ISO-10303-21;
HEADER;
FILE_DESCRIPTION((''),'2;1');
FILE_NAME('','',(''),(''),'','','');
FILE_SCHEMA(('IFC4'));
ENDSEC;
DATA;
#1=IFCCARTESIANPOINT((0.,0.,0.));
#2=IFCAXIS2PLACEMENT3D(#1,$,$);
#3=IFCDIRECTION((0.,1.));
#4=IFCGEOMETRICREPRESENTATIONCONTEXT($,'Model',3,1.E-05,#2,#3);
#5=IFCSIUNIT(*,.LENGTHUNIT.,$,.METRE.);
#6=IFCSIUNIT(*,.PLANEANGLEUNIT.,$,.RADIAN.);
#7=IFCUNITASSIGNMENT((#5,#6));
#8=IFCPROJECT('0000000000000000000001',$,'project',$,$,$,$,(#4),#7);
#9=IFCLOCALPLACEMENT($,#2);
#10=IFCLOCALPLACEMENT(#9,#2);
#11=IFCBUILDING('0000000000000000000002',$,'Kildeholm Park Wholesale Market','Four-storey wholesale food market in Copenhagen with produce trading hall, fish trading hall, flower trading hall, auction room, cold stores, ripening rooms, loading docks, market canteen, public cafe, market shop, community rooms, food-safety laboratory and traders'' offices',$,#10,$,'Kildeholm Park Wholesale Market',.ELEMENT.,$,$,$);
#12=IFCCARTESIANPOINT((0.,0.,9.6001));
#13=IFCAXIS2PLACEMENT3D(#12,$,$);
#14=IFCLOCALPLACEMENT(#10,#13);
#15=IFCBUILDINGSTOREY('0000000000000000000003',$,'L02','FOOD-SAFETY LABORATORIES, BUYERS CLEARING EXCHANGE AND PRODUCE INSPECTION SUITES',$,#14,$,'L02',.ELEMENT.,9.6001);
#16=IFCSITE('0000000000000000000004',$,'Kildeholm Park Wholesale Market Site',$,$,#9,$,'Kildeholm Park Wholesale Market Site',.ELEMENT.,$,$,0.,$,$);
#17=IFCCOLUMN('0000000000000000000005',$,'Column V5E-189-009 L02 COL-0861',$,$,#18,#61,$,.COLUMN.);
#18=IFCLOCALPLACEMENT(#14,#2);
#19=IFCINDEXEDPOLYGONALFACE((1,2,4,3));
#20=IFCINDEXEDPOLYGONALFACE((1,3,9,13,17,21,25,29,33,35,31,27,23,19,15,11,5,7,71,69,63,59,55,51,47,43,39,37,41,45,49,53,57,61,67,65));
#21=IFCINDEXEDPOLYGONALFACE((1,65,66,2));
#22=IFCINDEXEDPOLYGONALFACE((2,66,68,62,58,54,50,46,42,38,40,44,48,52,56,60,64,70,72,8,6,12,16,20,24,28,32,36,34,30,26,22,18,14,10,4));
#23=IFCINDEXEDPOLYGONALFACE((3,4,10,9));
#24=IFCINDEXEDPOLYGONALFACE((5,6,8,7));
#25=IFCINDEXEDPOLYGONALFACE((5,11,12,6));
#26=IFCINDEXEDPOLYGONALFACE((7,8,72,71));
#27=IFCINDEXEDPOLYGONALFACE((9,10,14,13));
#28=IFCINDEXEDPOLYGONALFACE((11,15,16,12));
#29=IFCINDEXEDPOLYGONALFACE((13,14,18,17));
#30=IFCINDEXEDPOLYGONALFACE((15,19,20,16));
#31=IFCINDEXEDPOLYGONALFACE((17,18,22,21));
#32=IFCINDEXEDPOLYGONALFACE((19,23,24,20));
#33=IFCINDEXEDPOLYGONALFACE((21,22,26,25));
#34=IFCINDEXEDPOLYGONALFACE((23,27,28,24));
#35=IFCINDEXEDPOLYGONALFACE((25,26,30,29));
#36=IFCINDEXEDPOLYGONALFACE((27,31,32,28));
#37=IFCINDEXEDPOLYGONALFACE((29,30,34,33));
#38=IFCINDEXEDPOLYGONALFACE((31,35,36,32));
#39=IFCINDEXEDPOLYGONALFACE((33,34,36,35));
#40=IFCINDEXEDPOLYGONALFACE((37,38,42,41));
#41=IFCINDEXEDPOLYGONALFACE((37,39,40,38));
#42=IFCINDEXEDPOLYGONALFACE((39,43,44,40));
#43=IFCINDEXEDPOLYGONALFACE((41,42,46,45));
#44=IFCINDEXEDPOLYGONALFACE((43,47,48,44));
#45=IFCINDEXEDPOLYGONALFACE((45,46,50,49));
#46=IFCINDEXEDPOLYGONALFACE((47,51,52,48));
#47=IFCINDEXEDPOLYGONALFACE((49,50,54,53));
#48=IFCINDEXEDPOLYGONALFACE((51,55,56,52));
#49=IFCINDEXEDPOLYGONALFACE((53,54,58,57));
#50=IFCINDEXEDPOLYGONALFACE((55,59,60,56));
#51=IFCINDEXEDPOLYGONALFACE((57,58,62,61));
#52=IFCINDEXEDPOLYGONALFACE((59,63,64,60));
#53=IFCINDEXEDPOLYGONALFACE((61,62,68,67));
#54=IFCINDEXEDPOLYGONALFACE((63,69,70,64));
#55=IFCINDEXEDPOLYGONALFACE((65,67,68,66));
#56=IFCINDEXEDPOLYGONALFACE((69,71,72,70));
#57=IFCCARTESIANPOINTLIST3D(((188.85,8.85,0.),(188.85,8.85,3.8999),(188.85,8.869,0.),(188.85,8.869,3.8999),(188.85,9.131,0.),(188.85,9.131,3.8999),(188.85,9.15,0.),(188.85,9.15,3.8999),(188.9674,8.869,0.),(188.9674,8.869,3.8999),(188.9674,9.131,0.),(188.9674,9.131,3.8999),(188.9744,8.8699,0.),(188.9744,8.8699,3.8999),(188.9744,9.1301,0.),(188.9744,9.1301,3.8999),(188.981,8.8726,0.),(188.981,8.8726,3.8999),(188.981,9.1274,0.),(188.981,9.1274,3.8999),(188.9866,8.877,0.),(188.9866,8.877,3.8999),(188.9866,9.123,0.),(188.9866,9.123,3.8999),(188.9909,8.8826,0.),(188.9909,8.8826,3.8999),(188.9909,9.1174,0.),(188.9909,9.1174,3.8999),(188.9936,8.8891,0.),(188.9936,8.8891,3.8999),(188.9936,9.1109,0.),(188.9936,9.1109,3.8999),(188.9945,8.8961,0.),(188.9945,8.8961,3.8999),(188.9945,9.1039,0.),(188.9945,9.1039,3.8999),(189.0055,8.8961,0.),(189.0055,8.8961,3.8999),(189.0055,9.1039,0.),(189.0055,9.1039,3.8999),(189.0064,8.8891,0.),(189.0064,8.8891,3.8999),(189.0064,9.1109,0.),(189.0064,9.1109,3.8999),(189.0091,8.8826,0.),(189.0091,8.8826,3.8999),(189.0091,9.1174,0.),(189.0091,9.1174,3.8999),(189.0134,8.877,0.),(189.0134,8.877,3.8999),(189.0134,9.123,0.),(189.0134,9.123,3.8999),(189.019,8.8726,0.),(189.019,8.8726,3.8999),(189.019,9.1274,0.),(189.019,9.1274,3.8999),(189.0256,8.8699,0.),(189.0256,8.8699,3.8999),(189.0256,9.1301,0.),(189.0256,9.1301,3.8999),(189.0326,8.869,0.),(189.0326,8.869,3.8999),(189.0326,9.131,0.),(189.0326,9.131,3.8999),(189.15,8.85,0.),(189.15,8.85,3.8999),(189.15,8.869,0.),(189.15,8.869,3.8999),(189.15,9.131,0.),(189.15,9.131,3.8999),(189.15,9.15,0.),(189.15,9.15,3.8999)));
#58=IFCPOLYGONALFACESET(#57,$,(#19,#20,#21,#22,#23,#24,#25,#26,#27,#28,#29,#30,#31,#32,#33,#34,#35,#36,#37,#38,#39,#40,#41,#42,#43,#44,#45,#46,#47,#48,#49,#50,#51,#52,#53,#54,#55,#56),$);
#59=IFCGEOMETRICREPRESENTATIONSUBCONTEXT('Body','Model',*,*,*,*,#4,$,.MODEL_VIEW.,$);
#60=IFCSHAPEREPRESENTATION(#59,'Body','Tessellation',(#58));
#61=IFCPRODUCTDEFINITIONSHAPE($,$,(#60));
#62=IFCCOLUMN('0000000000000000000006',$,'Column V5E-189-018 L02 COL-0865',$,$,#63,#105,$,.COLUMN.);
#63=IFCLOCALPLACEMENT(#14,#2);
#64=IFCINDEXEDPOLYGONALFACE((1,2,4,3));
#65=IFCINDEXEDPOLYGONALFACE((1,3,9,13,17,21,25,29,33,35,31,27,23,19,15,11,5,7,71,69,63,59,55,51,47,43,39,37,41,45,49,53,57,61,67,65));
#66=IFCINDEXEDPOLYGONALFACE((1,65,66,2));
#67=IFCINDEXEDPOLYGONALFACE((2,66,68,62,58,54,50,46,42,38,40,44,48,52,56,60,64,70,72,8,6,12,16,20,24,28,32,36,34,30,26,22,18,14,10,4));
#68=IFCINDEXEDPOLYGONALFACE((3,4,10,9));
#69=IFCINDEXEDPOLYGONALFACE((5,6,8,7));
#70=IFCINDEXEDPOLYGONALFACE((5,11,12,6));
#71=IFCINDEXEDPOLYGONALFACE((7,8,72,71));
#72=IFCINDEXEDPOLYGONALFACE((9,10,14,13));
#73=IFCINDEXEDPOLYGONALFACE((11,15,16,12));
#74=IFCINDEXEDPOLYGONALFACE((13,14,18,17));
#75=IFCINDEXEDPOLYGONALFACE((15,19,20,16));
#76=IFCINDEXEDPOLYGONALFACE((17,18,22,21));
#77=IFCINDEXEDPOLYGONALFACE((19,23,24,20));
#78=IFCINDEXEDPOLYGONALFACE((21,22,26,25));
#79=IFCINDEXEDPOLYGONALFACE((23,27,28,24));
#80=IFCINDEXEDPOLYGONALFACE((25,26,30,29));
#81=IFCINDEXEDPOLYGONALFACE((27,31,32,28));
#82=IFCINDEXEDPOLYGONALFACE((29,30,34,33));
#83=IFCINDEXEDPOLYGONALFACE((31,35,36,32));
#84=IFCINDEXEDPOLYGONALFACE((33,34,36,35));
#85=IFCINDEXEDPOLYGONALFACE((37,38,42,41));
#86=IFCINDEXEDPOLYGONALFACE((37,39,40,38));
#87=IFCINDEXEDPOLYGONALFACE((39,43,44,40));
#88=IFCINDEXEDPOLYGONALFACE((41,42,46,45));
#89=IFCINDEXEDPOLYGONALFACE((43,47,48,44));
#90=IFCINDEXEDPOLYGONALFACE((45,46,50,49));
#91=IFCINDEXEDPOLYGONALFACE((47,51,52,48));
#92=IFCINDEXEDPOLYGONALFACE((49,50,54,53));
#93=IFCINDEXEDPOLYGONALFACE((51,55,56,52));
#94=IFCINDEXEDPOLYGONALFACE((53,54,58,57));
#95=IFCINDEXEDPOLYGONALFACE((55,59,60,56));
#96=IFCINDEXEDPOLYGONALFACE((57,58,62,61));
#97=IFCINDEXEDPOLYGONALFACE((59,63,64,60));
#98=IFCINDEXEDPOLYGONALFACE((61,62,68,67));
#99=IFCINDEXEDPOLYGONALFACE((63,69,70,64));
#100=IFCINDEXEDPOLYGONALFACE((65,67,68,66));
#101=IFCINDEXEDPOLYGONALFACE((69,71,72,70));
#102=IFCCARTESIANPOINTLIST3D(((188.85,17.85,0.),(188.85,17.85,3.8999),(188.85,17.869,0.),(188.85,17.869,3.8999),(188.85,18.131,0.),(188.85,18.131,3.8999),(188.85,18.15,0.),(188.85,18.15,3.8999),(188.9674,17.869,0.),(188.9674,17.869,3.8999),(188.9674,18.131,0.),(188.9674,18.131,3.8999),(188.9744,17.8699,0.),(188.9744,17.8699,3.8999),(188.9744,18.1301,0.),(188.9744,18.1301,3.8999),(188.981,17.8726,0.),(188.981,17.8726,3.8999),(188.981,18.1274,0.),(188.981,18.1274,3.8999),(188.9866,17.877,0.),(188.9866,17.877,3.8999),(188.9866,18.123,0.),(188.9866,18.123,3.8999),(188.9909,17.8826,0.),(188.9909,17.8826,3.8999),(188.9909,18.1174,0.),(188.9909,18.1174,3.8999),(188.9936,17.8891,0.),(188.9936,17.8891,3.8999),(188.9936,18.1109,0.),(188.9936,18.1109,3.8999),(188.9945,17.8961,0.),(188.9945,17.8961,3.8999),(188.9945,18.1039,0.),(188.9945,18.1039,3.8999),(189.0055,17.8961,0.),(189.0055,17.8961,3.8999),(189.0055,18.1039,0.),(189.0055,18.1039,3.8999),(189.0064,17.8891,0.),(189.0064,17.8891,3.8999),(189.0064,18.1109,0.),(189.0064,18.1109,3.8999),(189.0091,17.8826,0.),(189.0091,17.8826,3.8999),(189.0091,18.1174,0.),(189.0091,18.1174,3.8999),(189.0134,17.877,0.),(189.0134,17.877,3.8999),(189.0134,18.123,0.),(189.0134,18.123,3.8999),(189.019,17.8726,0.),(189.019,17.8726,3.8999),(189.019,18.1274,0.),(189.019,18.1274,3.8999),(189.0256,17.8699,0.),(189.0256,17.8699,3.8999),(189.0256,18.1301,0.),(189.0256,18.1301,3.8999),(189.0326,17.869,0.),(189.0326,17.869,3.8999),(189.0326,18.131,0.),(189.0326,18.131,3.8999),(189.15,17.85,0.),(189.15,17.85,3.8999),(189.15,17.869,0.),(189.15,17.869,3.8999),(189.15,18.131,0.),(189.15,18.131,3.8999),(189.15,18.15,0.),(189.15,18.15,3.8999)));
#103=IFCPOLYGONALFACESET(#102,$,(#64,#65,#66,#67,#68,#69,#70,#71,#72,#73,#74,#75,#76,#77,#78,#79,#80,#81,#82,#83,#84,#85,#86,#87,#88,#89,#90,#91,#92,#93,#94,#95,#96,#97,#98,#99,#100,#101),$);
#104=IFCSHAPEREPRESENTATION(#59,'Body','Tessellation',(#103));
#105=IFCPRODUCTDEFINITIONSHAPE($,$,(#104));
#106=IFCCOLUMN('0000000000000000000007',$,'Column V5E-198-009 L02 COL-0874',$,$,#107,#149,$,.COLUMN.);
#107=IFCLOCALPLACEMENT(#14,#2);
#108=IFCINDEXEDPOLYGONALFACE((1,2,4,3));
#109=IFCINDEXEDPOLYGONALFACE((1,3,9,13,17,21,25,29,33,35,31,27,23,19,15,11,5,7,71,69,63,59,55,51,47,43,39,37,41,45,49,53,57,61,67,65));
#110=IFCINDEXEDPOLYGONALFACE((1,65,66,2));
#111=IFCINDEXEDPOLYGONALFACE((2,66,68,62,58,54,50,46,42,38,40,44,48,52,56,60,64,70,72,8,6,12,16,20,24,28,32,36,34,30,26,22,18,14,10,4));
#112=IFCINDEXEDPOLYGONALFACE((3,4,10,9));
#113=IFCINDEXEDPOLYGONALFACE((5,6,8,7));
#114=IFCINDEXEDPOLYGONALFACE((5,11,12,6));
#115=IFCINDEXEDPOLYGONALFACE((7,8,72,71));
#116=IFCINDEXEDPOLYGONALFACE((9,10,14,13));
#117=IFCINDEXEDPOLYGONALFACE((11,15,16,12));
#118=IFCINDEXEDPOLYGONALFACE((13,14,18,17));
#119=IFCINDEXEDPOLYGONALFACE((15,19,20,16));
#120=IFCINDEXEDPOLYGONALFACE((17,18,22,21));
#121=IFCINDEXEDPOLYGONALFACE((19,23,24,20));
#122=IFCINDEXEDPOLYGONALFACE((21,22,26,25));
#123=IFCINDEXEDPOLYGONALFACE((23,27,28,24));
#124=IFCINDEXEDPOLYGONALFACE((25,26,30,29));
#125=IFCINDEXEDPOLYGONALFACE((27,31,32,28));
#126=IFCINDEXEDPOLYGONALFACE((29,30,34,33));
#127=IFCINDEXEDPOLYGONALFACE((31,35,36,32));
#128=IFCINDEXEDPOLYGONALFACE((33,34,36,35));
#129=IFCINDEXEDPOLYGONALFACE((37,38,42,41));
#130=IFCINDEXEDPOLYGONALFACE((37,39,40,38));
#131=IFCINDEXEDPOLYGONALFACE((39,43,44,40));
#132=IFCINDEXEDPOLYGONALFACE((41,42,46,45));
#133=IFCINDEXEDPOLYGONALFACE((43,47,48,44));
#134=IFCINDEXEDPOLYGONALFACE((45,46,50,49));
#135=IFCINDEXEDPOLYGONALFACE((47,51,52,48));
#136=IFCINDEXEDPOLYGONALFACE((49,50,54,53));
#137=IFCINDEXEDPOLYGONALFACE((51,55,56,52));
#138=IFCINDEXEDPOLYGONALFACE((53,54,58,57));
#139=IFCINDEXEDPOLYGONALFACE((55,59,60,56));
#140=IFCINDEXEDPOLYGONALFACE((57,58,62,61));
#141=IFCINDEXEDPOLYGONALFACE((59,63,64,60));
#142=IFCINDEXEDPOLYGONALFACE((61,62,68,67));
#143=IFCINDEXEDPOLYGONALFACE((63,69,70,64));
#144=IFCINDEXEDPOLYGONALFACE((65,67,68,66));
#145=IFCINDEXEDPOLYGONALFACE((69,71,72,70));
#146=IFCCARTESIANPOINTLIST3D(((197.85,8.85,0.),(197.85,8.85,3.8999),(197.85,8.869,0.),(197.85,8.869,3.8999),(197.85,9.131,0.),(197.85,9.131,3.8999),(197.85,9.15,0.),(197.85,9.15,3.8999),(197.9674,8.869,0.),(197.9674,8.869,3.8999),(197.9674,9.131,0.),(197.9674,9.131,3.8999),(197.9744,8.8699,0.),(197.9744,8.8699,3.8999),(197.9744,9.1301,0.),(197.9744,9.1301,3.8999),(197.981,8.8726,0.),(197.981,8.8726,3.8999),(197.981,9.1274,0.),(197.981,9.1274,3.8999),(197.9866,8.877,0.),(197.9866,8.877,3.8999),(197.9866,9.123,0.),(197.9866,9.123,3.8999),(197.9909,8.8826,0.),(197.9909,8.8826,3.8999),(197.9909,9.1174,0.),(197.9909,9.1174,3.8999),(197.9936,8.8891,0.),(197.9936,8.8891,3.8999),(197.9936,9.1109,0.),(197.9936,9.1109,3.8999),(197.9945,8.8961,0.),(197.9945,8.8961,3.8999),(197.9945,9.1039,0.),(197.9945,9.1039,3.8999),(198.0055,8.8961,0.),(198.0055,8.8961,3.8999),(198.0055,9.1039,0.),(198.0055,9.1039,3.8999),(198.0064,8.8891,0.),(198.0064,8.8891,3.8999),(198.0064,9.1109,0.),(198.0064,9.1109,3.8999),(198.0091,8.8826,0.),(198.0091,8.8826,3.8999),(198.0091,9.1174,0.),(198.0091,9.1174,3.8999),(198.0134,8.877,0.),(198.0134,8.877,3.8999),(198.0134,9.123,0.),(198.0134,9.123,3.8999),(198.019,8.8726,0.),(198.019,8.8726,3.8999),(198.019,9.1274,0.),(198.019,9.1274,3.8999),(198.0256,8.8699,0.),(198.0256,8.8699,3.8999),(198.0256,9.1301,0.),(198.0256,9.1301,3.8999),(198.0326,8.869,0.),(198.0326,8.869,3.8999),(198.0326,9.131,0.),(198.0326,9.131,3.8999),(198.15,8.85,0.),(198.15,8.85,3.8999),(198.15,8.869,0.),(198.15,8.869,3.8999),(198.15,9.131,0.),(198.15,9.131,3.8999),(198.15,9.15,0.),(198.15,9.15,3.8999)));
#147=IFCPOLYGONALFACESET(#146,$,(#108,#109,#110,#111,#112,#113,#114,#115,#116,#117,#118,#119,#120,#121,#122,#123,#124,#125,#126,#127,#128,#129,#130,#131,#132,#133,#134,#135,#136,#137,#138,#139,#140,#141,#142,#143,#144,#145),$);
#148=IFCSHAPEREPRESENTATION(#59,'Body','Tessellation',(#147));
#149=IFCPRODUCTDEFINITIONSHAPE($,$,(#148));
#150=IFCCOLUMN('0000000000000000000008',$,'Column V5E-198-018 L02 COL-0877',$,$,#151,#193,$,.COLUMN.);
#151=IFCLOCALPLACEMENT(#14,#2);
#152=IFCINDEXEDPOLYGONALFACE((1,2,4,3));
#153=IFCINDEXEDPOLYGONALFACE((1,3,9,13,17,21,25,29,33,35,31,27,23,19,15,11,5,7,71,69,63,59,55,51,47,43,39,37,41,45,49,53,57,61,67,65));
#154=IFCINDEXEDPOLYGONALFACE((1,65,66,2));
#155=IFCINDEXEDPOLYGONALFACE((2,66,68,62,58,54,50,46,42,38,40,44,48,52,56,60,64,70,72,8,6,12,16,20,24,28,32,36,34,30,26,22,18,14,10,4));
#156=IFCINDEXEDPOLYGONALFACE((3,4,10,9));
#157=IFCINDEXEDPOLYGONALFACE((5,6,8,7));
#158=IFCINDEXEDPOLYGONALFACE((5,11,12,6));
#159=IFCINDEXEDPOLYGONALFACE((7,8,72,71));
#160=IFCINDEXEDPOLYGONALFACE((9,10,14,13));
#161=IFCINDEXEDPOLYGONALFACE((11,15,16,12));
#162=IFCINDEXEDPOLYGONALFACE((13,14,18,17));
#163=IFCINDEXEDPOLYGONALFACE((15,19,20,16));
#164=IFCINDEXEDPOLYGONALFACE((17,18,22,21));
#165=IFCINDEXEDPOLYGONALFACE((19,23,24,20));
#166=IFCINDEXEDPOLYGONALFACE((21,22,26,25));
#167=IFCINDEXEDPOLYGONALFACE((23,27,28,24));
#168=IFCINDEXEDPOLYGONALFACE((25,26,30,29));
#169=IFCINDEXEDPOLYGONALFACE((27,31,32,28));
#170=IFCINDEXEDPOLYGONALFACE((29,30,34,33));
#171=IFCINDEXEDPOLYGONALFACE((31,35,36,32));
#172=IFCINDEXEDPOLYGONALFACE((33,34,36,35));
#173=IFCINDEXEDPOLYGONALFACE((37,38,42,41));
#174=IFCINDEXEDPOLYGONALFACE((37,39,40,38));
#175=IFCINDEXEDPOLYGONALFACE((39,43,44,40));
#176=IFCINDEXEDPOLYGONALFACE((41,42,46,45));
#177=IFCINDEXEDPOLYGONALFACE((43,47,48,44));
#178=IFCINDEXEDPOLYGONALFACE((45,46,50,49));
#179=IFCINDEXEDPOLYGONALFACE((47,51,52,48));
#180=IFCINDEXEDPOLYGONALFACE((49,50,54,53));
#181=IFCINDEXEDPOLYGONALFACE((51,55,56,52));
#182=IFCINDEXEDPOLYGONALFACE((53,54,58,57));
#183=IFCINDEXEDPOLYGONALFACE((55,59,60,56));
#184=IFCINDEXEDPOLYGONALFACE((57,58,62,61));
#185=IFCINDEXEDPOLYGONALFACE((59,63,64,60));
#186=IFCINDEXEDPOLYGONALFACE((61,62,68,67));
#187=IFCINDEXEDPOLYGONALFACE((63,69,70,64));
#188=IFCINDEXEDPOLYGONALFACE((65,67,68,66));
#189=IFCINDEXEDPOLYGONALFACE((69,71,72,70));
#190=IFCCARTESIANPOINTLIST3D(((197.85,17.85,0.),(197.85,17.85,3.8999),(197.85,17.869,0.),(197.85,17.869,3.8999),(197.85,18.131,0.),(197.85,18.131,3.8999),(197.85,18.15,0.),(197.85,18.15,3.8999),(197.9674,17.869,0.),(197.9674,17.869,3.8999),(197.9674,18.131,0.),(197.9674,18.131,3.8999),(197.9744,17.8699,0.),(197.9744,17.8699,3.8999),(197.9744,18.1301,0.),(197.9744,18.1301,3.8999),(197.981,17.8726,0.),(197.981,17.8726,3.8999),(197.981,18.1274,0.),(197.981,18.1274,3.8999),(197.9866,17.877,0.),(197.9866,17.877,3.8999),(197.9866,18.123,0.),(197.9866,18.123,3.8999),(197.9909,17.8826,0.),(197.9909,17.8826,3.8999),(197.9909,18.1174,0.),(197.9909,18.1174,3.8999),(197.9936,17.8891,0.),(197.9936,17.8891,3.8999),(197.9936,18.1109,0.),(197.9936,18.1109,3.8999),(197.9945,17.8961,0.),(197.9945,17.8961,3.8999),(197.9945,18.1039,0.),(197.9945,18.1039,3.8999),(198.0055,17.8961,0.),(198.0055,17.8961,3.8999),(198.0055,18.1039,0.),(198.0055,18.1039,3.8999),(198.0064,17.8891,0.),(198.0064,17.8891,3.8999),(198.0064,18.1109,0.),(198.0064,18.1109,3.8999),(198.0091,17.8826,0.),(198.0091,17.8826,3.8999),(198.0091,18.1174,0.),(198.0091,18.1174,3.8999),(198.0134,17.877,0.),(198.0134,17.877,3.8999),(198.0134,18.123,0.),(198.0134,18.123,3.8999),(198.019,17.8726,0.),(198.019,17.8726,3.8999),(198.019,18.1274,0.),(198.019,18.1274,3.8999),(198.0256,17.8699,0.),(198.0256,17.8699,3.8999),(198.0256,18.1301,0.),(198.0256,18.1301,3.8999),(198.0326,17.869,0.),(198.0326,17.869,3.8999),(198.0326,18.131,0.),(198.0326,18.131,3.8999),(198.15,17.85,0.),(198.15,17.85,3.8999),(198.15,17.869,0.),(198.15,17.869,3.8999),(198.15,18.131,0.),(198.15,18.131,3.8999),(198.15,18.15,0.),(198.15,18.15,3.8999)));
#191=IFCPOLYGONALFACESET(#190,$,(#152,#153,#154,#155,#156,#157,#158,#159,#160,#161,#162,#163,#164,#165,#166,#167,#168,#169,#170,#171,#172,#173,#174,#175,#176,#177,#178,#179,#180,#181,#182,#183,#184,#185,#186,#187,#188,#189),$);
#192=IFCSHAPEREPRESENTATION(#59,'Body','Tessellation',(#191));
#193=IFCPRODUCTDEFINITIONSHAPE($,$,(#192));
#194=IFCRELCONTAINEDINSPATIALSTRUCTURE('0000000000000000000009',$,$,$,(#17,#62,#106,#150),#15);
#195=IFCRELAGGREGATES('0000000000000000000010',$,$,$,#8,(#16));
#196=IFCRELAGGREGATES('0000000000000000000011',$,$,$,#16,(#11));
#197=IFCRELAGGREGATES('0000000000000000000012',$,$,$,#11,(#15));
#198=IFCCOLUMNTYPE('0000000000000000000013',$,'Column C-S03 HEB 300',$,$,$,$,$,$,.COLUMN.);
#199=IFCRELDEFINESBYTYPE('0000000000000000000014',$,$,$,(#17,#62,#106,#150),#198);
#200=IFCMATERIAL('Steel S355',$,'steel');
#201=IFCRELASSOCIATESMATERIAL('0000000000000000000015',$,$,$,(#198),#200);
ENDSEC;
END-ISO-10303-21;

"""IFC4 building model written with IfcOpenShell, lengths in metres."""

from ifc_helpers import new_model, si_unit, direction, frame, origin, origin_2d, place, context, subcontext, project, spatial, i_section, extrude, material, material_profile, profile_set, type_object, element, save


model = new_model("IFC4")

# Units and contexts
model_context = context("Model", 3, precision=1e-05, world=origin(), true_north=direction((0.0, 1.0)))
body_context = subcontext(model_context, "Body", "Model", "MODEL_VIEW")
ifc_project = project(units=[si_unit("LENGTHUNIT", "METRE"), si_unit("PLANEANGLEUNIT", "RADIAN")], contexts=[model_context])

# Site, building, storey
site_placement = place(None, origin())
site = spatial("IfcSite", under=ifc_project, at=site_placement, Name="Kildeholm Park Wholesale Market Site", LongName="Kildeholm Park Wholesale Market Site", CompositionType="ELEMENT", RefElevation=0.0)
building_placement = place(site_placement, origin())
building = spatial("IfcBuilding", under=site, at=building_placement, Name="Kildeholm Park Wholesale Market", Description="Four-storey wholesale food market in Copenhagen with produce trading hall, fish trading hall, flower trading hall, auction room, cold stores, ripening rooms, loading docks, market canteen, public cafe, market shop, community rooms, food-safety laboratory and traders' offices", LongName="Kildeholm Park Wholesale Market", CompositionType="ELEMENT")
storey_placement = place(building_placement, frame((0.0, 0.0, 9.6001)))
storey = spatial("IfcBuildingStorey", under=building, at=storey_placement, Name="L02", Description="FOOD-SAFETY LABORATORIES, BUYERS CLEARING EXCHANGE AND PRODUCE INSPECTION SUITES", LongName="L02", CompositionType="ELEMENT", Elevation=9.6001)

# Columns
ifc_material_1 = material(Name="Steel S355", Category="steel")
ifc_material_profile_1 = material_profile(ifc_material_1, i_section(OverallWidth=0.3, OverallDepth=0.3, WebThickness=0.011, FlangeThickness=0.019, FilletRadius=0.0271, at=origin_2d()), Name="HEB 300")
ifc_profile_set_1 = profile_set([ifc_material_profile_1], Name="Steel S355")
column_type = type_object("IfcColumnType", Name="Column C-S03 HEB 300", PredefinedType="COLUMN", material=ifc_profile_set_1)
for number, where, z_axis, x_axis, name in (
    (1, (189.0, 9.0, 0.0), (0.0, 0.0, 1.0), (1.0, 0.0, 0.0), "Column V5E-189-009 L02 COL-0861"),
    (2, (189.0, 18.0, 0.0), (0.0, 0.0, 1.0), (1.0, 0.0, 0.0), "Column V5E-189-018 L02 COL-0865"),
    (3, (198.0, 9.0, 0.0), (0.0, 0.0, 1.0), (1.0, 0.0, 0.0), "Column V5E-198-009 L02 COL-0874"),
    (4, (198.0, 18.0, 0.0), (0.0, 0.0, 1.0), (1.0, 0.0, 0.0), "Column V5E-198-018 L02 COL-0877"),
):
    element("IfcColumn", number, at=place(storey_placement, frame(where, z_axis=z_axis, x_axis=x_axis)), inside=storey, type_object=column_type, Name=name, PredefinedType="COLUMN", context=body_context, shape_type="SweptSolid", body=[
        extrude(i_section(OverallWidth=0.3, OverallDepth=0.3, WebThickness=0.011, FlangeThickness=0.019, FilletRadius=0.0271, at=origin_2d()), origin(), (0.0, 0.0, 1.0), 3.8999),
    ])

save(model, "model.ifc")
